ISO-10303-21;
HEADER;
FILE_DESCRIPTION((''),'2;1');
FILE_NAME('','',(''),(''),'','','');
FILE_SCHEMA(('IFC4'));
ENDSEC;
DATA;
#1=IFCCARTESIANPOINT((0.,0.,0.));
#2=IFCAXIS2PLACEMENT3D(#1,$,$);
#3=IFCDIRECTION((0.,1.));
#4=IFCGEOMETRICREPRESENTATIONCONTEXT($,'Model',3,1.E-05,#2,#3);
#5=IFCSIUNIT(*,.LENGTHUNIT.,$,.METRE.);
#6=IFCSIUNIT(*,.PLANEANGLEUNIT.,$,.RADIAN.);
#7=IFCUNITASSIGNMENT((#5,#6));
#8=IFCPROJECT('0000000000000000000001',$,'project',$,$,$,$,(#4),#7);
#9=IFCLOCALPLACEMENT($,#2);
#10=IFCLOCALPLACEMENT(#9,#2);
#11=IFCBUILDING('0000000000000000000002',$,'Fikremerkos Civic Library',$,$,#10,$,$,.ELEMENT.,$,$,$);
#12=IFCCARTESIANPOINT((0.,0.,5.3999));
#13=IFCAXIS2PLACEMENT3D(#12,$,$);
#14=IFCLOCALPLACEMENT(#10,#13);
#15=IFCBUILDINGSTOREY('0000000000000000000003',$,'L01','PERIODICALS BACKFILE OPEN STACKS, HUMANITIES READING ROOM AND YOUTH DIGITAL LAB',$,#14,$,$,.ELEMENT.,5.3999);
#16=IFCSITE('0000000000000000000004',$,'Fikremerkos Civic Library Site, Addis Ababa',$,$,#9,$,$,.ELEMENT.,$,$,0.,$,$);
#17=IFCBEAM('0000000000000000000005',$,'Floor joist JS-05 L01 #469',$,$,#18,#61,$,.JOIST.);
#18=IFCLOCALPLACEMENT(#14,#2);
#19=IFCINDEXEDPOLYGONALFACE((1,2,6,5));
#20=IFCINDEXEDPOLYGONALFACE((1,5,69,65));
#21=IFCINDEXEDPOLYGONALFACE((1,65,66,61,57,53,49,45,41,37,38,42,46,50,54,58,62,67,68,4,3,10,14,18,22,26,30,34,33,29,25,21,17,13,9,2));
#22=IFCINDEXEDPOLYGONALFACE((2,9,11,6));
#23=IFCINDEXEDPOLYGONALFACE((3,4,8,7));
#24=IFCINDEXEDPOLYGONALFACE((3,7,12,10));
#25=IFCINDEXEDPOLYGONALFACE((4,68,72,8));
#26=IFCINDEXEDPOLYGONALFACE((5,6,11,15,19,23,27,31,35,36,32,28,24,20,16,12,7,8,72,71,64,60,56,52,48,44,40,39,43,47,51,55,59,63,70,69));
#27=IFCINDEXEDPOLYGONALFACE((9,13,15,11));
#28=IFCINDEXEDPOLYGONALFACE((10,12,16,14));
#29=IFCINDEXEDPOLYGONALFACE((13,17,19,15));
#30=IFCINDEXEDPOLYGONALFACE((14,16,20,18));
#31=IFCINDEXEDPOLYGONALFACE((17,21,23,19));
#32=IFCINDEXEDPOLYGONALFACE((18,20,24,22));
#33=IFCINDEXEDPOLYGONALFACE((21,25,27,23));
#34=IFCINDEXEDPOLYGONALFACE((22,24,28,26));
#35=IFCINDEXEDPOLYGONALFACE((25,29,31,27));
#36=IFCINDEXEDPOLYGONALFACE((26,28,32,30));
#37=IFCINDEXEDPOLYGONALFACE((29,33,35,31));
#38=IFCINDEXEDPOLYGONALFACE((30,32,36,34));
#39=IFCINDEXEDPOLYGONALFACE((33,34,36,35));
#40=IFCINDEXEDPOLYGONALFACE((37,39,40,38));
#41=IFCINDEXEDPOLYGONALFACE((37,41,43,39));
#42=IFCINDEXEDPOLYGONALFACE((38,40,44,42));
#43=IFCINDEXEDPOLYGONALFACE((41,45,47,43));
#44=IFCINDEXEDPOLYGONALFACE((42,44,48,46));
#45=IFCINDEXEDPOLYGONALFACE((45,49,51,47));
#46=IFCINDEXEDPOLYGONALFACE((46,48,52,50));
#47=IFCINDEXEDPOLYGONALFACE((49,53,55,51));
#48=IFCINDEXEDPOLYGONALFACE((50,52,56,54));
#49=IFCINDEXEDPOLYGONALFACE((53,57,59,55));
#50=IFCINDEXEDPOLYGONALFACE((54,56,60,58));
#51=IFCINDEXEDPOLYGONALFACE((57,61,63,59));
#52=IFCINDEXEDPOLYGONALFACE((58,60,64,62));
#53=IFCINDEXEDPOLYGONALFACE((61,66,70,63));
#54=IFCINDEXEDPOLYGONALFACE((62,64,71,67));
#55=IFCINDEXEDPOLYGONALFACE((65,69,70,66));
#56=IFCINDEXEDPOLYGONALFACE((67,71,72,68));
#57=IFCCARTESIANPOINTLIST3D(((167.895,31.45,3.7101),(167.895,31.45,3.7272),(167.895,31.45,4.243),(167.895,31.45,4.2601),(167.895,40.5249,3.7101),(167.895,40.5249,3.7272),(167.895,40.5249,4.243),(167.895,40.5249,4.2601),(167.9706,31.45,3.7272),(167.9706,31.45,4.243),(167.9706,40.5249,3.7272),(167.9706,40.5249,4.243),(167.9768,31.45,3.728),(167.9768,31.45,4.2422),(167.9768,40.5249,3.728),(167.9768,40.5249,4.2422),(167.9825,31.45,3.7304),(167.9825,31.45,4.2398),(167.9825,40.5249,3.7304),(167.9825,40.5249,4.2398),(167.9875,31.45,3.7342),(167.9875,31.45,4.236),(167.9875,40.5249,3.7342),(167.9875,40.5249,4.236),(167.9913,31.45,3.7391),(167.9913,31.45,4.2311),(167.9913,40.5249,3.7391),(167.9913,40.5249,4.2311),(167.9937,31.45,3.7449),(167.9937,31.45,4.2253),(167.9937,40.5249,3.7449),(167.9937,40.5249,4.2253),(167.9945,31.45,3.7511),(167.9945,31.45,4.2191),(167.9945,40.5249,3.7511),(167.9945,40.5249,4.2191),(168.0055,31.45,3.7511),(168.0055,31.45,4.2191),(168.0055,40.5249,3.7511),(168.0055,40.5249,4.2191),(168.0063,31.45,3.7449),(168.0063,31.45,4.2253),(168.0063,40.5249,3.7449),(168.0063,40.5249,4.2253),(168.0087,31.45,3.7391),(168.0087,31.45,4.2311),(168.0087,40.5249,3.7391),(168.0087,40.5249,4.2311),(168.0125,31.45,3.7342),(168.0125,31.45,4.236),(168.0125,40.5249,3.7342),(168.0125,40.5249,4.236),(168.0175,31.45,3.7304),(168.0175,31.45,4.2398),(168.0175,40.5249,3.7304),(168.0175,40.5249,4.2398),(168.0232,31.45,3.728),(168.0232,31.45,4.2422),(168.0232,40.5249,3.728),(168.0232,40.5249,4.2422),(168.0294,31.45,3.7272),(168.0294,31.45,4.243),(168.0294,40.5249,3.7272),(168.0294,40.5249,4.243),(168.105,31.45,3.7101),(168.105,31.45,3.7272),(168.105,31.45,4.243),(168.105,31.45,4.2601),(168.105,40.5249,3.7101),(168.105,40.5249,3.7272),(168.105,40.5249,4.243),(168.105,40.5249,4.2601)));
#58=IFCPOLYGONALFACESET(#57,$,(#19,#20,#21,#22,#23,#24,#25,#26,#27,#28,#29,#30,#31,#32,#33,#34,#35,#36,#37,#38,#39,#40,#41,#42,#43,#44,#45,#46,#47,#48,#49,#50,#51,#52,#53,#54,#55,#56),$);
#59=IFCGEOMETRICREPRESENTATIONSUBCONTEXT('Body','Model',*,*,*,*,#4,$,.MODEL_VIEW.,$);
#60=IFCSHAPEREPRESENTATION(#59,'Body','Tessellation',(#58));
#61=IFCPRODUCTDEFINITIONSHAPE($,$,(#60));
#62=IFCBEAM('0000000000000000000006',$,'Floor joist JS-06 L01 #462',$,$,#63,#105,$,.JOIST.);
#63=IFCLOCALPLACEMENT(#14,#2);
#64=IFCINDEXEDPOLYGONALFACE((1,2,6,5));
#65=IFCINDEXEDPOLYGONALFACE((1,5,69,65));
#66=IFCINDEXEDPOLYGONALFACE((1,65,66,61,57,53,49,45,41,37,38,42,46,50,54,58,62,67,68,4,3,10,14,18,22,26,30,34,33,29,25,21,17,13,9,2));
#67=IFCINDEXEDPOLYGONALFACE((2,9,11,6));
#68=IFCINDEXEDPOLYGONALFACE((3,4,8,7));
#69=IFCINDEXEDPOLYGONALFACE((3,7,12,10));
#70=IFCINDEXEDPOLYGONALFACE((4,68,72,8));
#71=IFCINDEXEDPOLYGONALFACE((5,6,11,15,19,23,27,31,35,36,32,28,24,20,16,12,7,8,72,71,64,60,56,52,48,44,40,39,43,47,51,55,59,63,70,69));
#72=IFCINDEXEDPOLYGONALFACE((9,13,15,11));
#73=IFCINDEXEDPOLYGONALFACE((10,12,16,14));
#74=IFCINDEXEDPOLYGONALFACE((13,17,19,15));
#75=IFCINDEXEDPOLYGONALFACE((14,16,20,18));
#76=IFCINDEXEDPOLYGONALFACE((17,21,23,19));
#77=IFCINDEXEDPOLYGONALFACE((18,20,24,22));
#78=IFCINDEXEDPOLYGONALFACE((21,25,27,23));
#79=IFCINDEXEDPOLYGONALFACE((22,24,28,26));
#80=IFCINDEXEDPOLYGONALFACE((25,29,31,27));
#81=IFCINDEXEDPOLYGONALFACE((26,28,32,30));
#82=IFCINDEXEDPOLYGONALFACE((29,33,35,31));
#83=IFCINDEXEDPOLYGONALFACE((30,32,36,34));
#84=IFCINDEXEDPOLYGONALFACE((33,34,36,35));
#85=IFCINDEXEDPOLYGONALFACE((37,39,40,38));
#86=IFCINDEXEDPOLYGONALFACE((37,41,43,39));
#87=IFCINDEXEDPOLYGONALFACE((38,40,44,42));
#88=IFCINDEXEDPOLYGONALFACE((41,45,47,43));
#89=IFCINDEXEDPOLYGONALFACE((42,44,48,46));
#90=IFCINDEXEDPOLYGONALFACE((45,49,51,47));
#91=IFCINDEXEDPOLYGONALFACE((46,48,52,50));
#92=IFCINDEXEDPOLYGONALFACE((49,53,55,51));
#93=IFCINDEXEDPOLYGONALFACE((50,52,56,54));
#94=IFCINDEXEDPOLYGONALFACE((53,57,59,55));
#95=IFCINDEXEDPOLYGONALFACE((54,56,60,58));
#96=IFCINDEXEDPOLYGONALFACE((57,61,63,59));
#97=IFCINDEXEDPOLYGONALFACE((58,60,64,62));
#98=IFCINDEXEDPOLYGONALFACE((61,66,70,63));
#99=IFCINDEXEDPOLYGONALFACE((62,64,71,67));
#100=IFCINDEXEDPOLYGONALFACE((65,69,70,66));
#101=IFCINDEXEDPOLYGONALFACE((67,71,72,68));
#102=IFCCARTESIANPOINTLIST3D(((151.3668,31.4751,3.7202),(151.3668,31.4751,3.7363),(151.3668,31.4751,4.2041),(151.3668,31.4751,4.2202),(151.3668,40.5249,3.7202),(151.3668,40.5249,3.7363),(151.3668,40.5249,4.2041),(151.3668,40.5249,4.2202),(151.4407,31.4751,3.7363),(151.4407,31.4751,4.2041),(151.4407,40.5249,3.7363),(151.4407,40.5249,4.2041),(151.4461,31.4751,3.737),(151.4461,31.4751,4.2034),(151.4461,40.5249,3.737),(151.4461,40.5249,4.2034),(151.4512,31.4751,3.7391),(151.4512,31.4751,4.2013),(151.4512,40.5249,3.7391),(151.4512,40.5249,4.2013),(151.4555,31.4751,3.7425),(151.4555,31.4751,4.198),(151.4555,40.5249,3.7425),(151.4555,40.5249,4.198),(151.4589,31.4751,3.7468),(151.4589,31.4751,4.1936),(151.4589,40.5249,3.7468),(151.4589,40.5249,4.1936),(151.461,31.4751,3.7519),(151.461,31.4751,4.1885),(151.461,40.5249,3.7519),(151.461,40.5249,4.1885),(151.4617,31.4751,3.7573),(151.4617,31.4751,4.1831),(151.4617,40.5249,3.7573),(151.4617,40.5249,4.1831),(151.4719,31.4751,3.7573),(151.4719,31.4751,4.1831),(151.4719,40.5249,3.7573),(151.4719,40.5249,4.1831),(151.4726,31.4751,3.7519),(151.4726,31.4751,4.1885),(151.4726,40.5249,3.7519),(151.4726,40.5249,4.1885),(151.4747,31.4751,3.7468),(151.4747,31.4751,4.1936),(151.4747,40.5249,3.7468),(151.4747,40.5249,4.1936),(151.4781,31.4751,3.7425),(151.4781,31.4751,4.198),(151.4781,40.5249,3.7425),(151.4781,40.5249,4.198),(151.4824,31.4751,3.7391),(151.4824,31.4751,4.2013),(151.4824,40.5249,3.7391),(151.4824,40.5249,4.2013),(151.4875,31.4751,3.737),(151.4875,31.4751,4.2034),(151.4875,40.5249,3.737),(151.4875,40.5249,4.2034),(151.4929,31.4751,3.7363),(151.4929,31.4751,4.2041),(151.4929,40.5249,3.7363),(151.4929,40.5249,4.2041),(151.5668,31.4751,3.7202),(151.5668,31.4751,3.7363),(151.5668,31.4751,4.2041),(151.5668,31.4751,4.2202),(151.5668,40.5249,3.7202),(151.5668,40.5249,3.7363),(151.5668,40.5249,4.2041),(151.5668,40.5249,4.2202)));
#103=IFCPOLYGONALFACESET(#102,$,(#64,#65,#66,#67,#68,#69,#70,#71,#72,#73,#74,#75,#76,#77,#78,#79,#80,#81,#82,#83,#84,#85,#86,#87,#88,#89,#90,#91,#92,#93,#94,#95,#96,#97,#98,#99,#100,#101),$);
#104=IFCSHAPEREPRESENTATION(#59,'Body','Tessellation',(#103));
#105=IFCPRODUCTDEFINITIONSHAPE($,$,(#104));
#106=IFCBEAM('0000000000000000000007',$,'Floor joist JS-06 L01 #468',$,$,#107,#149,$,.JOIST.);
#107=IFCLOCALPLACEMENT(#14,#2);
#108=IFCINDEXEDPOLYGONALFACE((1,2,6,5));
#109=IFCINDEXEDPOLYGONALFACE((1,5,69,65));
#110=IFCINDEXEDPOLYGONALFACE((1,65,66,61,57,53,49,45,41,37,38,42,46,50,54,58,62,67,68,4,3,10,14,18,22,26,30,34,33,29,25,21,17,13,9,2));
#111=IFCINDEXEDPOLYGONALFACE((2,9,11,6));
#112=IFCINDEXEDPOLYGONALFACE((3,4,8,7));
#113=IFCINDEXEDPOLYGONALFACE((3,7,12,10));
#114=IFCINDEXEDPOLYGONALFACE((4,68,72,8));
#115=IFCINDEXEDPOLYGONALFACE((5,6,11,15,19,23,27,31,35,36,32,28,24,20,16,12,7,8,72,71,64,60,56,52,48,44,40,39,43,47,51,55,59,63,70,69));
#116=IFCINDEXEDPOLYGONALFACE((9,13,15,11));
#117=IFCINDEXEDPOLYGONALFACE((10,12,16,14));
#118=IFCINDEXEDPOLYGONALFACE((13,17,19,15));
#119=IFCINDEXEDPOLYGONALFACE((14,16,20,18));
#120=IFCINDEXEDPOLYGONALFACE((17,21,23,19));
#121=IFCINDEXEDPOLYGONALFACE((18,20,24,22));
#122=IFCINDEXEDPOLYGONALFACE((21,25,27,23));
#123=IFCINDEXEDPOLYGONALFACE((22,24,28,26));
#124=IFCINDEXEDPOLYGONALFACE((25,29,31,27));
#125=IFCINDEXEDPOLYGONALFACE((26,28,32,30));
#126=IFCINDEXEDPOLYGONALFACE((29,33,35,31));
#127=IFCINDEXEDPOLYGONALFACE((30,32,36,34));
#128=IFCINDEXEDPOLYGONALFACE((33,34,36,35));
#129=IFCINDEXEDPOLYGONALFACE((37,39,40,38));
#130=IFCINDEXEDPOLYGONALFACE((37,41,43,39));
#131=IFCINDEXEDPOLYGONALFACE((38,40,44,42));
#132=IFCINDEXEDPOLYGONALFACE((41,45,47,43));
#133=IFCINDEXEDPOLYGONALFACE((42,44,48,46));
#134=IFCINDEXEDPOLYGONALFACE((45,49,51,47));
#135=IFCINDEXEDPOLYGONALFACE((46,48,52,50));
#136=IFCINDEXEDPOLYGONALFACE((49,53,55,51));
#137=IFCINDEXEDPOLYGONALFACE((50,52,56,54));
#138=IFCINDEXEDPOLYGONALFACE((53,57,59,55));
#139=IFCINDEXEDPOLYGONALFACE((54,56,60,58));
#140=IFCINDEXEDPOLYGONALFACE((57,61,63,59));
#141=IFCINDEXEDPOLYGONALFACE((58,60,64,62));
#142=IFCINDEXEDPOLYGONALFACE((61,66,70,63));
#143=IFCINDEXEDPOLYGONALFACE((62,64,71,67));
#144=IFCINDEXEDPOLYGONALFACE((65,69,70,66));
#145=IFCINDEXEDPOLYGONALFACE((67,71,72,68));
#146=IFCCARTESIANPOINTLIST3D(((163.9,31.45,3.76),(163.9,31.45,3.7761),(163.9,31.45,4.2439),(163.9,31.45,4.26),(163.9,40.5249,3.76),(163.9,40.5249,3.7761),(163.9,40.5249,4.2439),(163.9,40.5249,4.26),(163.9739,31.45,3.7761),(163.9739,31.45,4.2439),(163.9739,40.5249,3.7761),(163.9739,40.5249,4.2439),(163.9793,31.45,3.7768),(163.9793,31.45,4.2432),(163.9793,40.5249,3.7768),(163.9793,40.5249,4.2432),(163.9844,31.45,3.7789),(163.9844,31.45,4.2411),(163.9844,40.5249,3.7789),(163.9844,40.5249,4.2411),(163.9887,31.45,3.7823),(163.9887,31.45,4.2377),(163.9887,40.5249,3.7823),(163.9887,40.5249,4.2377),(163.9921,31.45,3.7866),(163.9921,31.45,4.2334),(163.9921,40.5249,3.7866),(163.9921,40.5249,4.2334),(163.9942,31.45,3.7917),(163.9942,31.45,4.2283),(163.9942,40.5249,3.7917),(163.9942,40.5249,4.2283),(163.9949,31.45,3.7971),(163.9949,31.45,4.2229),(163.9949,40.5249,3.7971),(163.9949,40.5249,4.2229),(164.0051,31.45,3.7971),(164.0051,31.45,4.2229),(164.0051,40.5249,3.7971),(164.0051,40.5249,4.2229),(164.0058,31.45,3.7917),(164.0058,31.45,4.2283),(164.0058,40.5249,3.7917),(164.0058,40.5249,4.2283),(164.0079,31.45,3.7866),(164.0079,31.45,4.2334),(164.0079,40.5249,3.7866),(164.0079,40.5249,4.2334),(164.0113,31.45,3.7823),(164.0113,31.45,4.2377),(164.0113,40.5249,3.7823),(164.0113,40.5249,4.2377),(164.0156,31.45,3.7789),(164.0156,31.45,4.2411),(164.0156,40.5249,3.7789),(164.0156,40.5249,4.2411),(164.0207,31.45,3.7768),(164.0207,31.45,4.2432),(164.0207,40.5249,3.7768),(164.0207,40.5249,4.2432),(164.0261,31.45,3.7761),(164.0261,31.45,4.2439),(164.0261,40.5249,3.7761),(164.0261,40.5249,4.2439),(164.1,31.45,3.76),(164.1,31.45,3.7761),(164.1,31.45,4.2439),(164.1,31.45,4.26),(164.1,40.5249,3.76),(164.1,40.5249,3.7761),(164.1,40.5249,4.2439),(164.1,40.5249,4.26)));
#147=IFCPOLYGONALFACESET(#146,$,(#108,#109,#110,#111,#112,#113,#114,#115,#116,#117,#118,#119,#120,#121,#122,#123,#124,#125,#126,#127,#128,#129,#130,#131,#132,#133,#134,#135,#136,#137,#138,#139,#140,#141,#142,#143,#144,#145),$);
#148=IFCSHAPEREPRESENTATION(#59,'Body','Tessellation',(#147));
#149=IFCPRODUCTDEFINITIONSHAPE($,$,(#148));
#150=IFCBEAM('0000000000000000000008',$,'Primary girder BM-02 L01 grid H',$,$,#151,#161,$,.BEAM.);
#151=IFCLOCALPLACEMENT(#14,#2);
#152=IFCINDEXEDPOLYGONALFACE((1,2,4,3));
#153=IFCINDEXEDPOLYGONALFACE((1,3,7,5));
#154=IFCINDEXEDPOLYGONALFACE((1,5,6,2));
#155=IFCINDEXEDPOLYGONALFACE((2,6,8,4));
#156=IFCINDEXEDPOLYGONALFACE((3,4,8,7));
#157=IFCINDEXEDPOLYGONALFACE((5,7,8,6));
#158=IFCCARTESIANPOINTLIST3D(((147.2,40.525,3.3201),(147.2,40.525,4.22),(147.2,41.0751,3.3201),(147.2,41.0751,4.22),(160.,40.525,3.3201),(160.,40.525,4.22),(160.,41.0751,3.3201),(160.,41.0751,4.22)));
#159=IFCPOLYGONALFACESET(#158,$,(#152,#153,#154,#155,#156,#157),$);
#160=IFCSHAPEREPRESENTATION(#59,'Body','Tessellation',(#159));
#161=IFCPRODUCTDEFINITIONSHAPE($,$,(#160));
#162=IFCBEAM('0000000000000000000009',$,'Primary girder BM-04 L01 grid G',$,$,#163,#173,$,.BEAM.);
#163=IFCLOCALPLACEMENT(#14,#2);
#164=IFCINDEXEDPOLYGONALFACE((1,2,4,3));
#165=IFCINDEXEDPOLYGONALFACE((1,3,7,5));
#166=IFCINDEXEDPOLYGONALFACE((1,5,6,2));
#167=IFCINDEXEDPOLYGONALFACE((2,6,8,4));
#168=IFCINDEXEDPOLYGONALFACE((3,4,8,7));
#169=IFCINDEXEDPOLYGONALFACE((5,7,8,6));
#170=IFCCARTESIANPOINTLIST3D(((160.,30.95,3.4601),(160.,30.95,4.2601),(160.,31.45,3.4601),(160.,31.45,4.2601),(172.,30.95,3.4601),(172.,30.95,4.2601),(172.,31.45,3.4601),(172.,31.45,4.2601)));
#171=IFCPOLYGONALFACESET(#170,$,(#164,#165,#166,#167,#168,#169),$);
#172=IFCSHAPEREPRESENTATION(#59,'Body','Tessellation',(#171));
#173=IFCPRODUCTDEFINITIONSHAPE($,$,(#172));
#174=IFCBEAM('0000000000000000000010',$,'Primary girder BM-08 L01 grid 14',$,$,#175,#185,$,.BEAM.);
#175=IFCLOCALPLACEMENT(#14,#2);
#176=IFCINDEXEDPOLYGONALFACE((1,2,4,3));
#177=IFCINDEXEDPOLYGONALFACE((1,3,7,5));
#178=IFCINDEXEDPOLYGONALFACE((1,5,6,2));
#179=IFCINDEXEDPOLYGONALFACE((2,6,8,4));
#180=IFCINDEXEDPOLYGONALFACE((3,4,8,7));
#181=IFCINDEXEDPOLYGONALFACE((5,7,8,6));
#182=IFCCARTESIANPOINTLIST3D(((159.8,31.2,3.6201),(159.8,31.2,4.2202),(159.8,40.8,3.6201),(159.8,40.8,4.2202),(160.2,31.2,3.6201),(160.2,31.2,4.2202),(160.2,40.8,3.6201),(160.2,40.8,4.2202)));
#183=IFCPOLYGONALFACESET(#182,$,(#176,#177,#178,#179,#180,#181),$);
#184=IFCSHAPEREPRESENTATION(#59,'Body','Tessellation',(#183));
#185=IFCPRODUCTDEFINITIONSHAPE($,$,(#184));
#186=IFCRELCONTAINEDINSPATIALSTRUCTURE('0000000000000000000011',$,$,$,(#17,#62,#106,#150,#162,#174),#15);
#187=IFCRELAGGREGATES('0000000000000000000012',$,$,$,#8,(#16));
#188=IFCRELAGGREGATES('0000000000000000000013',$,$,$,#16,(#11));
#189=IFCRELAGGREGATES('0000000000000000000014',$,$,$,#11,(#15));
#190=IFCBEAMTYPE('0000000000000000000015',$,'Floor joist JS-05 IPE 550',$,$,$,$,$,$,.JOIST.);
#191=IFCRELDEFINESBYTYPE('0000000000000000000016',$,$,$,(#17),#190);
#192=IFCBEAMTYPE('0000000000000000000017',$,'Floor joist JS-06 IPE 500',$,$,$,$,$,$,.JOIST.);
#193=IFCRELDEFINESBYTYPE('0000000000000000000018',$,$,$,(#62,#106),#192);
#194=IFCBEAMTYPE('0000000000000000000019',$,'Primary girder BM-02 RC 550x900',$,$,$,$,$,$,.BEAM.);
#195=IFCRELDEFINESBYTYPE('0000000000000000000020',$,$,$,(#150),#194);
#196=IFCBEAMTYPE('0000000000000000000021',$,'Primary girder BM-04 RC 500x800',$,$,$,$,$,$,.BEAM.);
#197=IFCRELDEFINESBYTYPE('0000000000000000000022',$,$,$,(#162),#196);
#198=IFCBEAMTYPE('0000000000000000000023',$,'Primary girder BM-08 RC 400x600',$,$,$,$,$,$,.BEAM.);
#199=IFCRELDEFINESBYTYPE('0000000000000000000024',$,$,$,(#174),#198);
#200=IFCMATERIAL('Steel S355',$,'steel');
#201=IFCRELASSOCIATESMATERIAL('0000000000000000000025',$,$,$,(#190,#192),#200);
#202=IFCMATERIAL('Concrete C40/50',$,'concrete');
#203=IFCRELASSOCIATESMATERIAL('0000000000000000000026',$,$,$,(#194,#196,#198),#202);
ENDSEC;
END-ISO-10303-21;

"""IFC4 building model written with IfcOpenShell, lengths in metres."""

from ifc_helpers import new_model, si_unit, direction, frame, origin, origin_2d, place, context, subcontext, project, spatial, rectangle, i_section, extrude, material, material_profile, profile_set, type_object, element, save


model = new_model("IFC4")

# Units and contexts
model_context = context("Model", 3, precision=1e-05, world=origin(), true_north=direction((0.0, 1.0)))
body_context = subcontext(model_context, "Body", "Model", "MODEL_VIEW")
ifc_project = project(units=[si_unit("LENGTHUNIT", "METRE"), si_unit("PLANEANGLEUNIT", "RADIAN")], contexts=[model_context])

# Site, building, storey
site_placement = place(None, origin())
site = spatial("IfcSite", under=ifc_project, at=site_placement, Name="Fikremerkos Civic Library Site, Addis Ababa", CompositionType="ELEMENT", RefElevation=0.0)
building_placement = place(site_placement, origin())
building = spatial("IfcBuilding", under=site, at=building_placement, Name="Fikremerkos Civic Library", CompositionType="ELEMENT")
storey_placement = place(building_placement, frame((0.0, 0.0, 5.3999)))
storey = spatial("IfcBuildingStorey", under=building, at=storey_placement, Name="L01", Description="PERIODICALS BACKFILE OPEN STACKS, HUMANITIES READING ROOM AND YOUTH DIGITAL LAB", CompositionType="ELEMENT", Elevation=5.3999)

# Shared definitions
ifc_material_1 = material(Name="Concrete C40/50", Category="concrete")

# Beams
ifc_material_2 = material(Name="Steel S355", Category="steel")
ifc_material_profile_1 = material_profile(ifc_material_2, i_section(OverallWidth=0.21, OverallDepth=0.55, WebThickness=0.011, FlangeThickness=0.0171, FilletRadius=0.0239, at=origin_2d()), Name="IPE 550")
ifc_profile_set_1 = profile_set([ifc_material_profile_1], Name="Steel S355")
beam_type_1 = type_object("IfcBeamType", Name="Floor joist JS-05 IPE 550", PredefinedType="JOIST", material=ifc_profile_set_1)
beam_1_placement = place(storey_placement, frame((168.0, 31.45, 3.9851), z_axis=(0.0, 1.0, 0.0), x_axis=(-1.0, 0.0, 0.0)))
element("IfcBeam", 1, at=beam_1_placement, inside=storey, type_object=beam_type_1, Name="Floor joist JS-05 L01 #469", PredefinedType="JOIST", context=body_context, shape_type="SweptSolid", body=[
    extrude(i_section(OverallWidth=0.21, OverallDepth=0.55, WebThickness=0.011, FlangeThickness=0.0171, FilletRadius=0.0239, at=origin_2d()), origin(), (0.0, 0.0, 1.0), 9.075),
])
ifc_material_profile_2 = material_profile(ifc_material_2, i_section(OverallWidth=0.2, OverallDepth=0.5, WebThickness=0.0103, FlangeThickness=0.0161, FilletRadius=0.021, at=origin_2d()), Name="IPE 500")
ifc_profile_set_2 = profile_set([ifc_material_profile_2], Name="Steel S355")
beam_type_2 = type_object("IfcBeamType", Name="Floor joist JS-06 IPE 500", PredefinedType="JOIST", material=ifc_profile_set_2)
beam_2_placement = place(storey_placement, frame((151.4668, 31.4751, 3.9702), z_axis=(0.0, 1.0, 0.0), x_axis=(-1.0, 0.0, 0.0)))
element("IfcBeam", 2, at=beam_2_placement, inside=storey, type_object=beam_type_2, Name="Floor joist JS-06 L01 #462", PredefinedType="JOIST", context=body_context, shape_type="SweptSolid", body=[
    extrude(i_section(OverallWidth=0.2, OverallDepth=0.5, WebThickness=0.0103, FlangeThickness=0.0161, FilletRadius=0.021, at=origin_2d()), origin(), (0.0, 0.0, 1.0), 9.0498),
])
beam_3_placement = place(storey_placement, frame((164.0, 31.45, 4.01), z_axis=(0.0, 1.0, 0.0), x_axis=(-1.0, 0.0, 0.0)))
element("IfcBeam", 3, at=beam_3_placement, inside=storey, type_object=beam_type_2, Name="Floor joist JS-06 L01 #468", PredefinedType="JOIST", context=body_context, shape_type="SweptSolid", body=[
    extrude(i_section(OverallWidth=0.2, OverallDepth=0.5, WebThickness=0.0103, FlangeThickness=0.0161, FilletRadius=0.021, at=origin_2d()), origin(), (0.0, 0.0, 1.0), 9.075),
])
ifc_material_profile_3 = material_profile(ifc_material_1, rectangle(XDim=0.55, YDim=0.8999, at=origin_2d()), Name="RC 550x900")
ifc_profile_set_3 = profile_set([ifc_material_profile_3], Name="Concrete C40/50")
beam_type_3 = type_object("IfcBeamType", Name="Primary girder BM-02 RC 550x900", PredefinedType="BEAM", material=ifc_profile_set_3)
beam_4_placement = place(storey_placement, frame((147.2, 40.8, 3.77), z_axis=(1.0, 0.0, 0.0), x_axis=(0.0, 1.0, 0.0)))
element("IfcBeam", 4, at=beam_4_placement, inside=storey, type_object=beam_type_3, Name="Primary girder BM-02 L01 grid H", PredefinedType="BEAM", context=body_context, shape_type="SweptSolid", body=[
    extrude(rectangle(XDim=0.55, YDim=0.8999, at=origin_2d()), origin(), (0.0, 0.0, 1.0), 12.8),
])
ifc_material_profile_4 = material_profile(ifc_material_1, rectangle(XDim=0.5, YDim=0.8, at=origin_2d()), Name="RC 500x800")
ifc_profile_set_4 = profile_set([ifc_material_profile_4], Name="Concrete C40/50")
beam_type_4 = type_object("IfcBeamType", Name="Primary girder BM-04 RC 500x800", PredefinedType="BEAM", material=ifc_profile_set_4)
beam_5_placement = place(storey_placement, frame((160.0, 31.2, 3.8601), z_axis=(1.0, 0.0, 0.0), x_axis=(0.0, 1.0, 0.0)))
element("IfcBeam", 5, at=beam_5_placement, inside=storey, type_object=beam_type_4, Name="Primary girder BM-04 L01 grid G", PredefinedType="BEAM", context=body_context, shape_type="SweptSolid", body=[
    extrude(rectangle(XDim=0.5, YDim=0.8, at=origin_2d()), origin(), (0.0, 0.0, 1.0), 12.0),
])
ifc_material_profile_5 = material_profile(ifc_material_1, rectangle(XDim=0.3999, YDim=0.6001, at=origin_2d()), Name="RC 400x600")
ifc_profile_set_5 = profile_set([ifc_material_profile_5], Name="Concrete C40/50")
beam_type_5 = type_object("IfcBeamType", Name="Primary girder BM-08 RC 400x600", PredefinedType="BEAM", material=ifc_profile_set_5)
beam_6_placement = place(storey_placement, frame((160.0, 31.2, 3.9202), z_axis=(0.0, 1.0, 0.0), x_axis=(-1.0, 0.0, 0.0)))
element("IfcBeam", 6, at=beam_6_placement, inside=storey, type_object=beam_type_5, Name="Primary girder BM-08 L01 grid 14", PredefinedType="BEAM", context=body_context, shape_type="SweptSolid", body=[
    extrude(rectangle(XDim=0.3999, YDim=0.6001, at=origin_2d()), origin(), (0.0, 0.0, 1.0), 9.6001),
])

save(model, "model.ifc")
